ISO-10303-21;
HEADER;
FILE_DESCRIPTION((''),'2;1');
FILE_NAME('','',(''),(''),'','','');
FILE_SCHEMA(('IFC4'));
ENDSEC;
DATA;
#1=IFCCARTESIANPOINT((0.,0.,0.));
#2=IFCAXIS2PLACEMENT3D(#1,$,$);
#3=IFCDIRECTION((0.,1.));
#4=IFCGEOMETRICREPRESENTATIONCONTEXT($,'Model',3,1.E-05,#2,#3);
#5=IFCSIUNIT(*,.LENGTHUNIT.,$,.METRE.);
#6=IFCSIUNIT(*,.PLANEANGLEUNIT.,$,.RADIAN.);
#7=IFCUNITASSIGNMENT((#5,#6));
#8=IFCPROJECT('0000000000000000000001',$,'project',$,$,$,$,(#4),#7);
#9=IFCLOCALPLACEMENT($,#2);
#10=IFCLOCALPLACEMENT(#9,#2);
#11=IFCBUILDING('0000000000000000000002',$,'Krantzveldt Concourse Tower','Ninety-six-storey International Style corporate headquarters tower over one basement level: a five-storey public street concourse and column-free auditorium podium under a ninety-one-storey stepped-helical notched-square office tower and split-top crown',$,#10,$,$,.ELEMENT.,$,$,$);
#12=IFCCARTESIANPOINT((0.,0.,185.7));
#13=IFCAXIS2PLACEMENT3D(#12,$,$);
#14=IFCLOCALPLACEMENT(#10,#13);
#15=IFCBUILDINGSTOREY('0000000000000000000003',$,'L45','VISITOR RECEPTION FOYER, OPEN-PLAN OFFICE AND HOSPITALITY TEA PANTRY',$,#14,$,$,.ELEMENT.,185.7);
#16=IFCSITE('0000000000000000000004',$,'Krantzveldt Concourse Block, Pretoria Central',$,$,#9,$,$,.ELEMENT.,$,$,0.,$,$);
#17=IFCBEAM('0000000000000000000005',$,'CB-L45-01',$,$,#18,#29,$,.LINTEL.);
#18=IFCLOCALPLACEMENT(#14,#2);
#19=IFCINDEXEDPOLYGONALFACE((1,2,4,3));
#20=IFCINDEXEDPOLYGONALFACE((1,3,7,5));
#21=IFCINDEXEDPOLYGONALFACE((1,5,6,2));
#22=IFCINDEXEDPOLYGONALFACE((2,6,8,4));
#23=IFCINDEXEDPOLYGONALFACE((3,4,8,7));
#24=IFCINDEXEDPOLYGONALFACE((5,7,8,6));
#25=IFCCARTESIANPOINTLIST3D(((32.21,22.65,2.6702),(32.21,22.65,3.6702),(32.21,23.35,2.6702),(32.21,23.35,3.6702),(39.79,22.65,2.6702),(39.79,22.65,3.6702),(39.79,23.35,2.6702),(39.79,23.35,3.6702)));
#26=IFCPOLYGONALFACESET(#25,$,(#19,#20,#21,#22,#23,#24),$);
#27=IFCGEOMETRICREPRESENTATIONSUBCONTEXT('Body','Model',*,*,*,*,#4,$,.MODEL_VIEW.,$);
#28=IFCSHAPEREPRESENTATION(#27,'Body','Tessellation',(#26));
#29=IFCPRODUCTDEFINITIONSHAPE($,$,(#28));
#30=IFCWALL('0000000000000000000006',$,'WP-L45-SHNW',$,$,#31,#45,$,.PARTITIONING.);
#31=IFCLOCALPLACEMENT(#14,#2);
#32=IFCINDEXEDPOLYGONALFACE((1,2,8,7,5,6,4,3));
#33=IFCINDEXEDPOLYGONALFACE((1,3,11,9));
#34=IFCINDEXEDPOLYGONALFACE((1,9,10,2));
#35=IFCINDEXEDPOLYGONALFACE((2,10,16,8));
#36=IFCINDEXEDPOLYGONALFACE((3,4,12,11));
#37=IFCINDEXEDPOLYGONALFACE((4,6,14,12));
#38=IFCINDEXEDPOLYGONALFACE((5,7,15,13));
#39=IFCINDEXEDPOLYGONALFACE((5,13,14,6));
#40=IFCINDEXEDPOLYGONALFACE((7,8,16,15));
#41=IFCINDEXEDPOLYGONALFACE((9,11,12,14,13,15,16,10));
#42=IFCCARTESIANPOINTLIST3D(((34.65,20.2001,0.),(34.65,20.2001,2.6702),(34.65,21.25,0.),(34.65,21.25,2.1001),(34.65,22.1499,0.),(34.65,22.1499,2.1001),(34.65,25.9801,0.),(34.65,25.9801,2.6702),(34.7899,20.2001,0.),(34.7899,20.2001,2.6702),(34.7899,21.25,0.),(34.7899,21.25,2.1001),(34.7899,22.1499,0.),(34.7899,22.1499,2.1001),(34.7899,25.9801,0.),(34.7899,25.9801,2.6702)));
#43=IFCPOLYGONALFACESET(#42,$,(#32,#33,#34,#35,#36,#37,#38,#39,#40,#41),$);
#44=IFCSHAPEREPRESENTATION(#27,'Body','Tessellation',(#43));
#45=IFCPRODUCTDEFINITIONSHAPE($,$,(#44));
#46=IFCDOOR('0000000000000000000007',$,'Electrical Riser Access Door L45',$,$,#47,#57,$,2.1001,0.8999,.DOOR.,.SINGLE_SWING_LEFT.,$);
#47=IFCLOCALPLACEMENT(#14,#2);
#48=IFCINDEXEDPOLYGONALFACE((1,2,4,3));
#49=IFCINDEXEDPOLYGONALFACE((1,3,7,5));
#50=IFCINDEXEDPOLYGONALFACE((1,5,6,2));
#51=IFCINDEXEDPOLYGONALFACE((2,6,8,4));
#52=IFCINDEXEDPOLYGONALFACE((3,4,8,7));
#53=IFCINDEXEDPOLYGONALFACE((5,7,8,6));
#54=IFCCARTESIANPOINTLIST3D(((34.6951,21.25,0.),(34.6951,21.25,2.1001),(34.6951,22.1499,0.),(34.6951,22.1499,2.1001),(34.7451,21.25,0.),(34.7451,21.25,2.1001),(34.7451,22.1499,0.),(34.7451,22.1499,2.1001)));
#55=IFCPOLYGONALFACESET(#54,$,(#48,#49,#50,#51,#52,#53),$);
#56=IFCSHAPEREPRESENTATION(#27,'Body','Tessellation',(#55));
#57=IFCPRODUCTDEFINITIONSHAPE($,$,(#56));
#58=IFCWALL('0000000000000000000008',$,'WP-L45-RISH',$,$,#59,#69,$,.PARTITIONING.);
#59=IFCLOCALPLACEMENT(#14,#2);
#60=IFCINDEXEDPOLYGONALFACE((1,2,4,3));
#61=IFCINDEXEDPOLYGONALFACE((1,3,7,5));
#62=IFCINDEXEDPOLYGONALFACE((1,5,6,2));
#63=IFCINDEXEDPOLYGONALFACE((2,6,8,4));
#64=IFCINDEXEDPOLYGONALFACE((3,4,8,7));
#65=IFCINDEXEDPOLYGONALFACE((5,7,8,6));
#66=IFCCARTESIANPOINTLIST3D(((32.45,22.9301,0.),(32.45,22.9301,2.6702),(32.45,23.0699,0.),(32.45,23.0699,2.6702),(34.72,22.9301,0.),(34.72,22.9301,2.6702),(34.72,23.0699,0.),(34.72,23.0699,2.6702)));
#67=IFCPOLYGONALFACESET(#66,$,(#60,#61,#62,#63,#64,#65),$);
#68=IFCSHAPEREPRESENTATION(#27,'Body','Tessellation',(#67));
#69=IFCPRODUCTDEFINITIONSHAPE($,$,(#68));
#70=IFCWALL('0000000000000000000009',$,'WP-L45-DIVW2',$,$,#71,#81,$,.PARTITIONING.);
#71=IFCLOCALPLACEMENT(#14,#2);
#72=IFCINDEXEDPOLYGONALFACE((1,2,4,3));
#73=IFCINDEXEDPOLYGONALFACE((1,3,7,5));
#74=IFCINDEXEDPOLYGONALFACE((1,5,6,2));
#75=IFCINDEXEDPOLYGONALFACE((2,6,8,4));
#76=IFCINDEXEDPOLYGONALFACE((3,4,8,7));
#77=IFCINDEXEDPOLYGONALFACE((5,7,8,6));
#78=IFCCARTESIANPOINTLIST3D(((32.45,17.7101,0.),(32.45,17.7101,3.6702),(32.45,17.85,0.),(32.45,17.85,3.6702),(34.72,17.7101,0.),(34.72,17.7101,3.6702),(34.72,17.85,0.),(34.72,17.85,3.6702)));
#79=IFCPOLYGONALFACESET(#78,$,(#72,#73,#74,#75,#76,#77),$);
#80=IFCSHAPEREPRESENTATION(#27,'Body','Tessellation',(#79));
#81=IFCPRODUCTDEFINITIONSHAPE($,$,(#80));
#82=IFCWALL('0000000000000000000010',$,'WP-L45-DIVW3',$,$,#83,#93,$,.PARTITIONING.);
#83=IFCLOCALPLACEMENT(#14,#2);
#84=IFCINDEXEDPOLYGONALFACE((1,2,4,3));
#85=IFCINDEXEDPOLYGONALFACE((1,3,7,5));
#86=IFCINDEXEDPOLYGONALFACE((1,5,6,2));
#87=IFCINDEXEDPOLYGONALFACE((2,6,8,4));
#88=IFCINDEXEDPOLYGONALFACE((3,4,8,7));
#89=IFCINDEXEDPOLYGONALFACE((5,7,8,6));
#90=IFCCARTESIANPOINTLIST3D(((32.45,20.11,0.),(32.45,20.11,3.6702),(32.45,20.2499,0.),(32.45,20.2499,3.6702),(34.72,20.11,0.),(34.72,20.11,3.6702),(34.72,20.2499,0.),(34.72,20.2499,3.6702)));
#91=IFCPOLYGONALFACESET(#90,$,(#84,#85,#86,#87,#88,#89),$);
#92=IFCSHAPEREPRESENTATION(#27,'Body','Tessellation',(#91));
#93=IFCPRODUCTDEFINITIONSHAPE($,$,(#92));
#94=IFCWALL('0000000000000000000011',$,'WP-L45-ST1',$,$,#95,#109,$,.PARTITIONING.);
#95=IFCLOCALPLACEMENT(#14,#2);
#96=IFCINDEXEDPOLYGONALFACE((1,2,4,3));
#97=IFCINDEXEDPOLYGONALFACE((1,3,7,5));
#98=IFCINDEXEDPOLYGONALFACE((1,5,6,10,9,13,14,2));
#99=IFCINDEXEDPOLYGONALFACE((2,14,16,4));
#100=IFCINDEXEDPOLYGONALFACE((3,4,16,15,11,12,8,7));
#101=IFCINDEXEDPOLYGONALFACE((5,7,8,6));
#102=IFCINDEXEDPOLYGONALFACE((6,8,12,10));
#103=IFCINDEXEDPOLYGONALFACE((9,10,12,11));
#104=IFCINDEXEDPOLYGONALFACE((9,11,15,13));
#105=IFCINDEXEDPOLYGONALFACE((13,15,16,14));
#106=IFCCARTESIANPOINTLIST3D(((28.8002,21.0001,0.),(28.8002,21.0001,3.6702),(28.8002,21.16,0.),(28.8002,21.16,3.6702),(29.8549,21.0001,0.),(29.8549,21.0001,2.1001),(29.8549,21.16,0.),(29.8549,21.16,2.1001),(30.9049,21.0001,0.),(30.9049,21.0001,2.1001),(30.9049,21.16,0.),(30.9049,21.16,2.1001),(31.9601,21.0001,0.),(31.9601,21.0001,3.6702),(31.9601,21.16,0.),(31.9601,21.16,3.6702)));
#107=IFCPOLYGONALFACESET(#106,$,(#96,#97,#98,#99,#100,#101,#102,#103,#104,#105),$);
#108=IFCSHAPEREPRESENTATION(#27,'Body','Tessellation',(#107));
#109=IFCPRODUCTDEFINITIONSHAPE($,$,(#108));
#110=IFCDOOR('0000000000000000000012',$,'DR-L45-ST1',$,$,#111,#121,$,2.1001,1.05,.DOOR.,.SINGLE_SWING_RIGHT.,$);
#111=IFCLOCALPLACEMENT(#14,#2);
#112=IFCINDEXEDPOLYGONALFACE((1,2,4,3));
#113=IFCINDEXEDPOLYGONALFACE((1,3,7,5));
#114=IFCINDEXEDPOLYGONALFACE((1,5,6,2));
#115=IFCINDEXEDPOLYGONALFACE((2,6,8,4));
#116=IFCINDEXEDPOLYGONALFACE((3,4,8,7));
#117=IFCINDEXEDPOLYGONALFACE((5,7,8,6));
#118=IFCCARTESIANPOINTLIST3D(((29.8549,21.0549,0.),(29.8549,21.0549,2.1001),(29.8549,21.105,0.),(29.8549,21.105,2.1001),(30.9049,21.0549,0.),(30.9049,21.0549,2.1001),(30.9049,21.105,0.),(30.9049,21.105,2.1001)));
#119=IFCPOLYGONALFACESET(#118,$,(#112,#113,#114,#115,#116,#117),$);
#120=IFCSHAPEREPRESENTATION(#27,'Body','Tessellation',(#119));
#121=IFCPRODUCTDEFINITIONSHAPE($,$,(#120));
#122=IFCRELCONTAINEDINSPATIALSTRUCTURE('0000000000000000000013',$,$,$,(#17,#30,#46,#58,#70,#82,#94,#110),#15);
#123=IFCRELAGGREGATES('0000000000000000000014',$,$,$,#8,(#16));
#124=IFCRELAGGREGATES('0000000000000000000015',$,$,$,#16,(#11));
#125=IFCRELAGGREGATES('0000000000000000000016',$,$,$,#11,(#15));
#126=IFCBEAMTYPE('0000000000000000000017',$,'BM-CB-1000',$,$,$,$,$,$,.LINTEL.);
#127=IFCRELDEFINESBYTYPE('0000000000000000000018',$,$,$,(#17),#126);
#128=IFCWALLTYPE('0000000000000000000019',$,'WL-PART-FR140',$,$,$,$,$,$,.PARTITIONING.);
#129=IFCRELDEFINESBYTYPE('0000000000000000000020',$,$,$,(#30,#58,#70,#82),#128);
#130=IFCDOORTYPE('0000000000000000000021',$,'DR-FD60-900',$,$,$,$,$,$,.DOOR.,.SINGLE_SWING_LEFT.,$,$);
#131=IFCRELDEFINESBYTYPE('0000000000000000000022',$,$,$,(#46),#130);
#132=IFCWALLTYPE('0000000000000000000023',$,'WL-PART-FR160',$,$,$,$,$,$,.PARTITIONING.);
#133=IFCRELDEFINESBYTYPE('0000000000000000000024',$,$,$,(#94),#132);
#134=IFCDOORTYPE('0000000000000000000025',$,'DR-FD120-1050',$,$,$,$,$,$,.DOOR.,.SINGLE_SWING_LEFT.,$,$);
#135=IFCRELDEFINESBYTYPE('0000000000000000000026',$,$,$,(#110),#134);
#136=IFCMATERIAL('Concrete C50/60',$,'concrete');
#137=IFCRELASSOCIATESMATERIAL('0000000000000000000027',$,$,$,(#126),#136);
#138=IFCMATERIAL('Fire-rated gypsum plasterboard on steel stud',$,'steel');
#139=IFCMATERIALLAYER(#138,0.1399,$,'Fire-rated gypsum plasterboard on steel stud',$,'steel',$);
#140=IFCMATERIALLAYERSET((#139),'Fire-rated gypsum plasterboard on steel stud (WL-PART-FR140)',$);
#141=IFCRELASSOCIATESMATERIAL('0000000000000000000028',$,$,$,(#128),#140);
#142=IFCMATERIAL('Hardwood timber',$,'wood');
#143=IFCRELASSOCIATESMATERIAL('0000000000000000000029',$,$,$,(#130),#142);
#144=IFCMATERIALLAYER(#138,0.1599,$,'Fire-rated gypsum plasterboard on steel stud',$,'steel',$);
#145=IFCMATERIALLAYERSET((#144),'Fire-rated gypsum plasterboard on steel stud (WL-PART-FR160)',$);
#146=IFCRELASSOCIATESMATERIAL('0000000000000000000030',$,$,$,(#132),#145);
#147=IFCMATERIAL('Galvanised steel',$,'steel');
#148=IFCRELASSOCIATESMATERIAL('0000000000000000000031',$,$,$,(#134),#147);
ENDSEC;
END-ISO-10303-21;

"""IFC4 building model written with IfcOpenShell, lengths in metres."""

from ifc_helpers import new_model, si_unit, direction, frame, frame_2d, origin, origin_2d, place, context, subcontext, project, spatial, rectangle, extrude, source, transform, mapped, material, layer, layer_set, material_profile, profile_set, type_object, type_shapes, element, fill, save


model = new_model("IFC4")

# Units and contexts
model_context = context("Model", 3, precision=1e-05, world=origin(), true_north=direction((0.0, 1.0)))
body_context = subcontext(model_context, "Body", "Model", "MODEL_VIEW")
ifc_project = project(units=[si_unit("LENGTHUNIT", "METRE"), si_unit("PLANEANGLEUNIT", "RADIAN")], contexts=[model_context])

# Site, building, storey
site_placement = place(None, origin())
site = spatial("IfcSite", under=ifc_project, at=site_placement, Name="Krantzveldt Concourse Block, Pretoria Central", CompositionType="ELEMENT", RefElevation=0.0)
building_placement = place(site_placement, origin())
building = spatial("IfcBuilding", under=site, at=building_placement, Name="Krantzveldt Concourse Tower", Description="Ninety-six-storey International Style corporate headquarters tower over one basement level: a five-storey public street concourse and column-free auditorium podium under a ninety-one-storey stepped-helical notched-square office tower and split-top crown", CompositionType="ELEMENT")
storey_placement = place(building_placement, frame((0.0, 0.0, 185.7)))
storey = spatial("IfcBuildingStorey", under=building, at=storey_placement, Name="L45", Description="VISITOR RECEPTION FOYER, OPEN-PLAN OFFICE AND HOSPITALITY TEA PANTRY", CompositionType="ELEMENT", Elevation=185.7)

# Beam
ifc_material_1 = material(Name="Concrete C50/60", Category="concrete")
ifc_material_profile = material_profile(ifc_material_1, rectangle(XDim=0.7, YDim=1.0, at=origin_2d()), Name="Concrete C50/60", Category="concrete")
ifc_profile_set = profile_set([ifc_material_profile], Name="Concrete C50/60 - RC-CB 700x1000")
beam_type = type_object("IfcBeamType", Name="BM-CB-1000", PredefinedType="LINTEL", material=ifc_profile_set)
shared_shape = source(origin(), body_context, "Body", "SweptSolid", [
    extrude(rectangle(XDim=0.7, YDim=1.0, at=origin_2d()), origin(), (0.0, 0.0, 1.0), 7.5801),
])
type_shapes(beam_type, [shared_shape])
beam_placement = place(storey_placement, frame((32.21, 23.0, 3.1702), z_axis=(1.0, 0.0, 0.0), x_axis=(0.0, 1.0, 0.0)))
element("IfcBeam", 1, at=beam_placement, inside=storey, type_object=beam_type, Name="CB-L45-01", PredefinedType="LINTEL", context=body_context, shape_type="MappedRepresentation", body=[
    mapped(shared_shape, transform((0.0, 0.0, 0.0), x_axis=(1.0, 0.0, 0.0), y_axis=(0.0, 1.0, 0.0), z_axis=(0.0, 0.0, 1.0), scale=1.0)),
])

# Wall, opening, door
ifc_material_2 = material(Name="Fire-rated gypsum plasterboard on steel stud", Category="steel")
ifc_layer_1 = layer(ifc_material_2, 0.1399, Name="Fire-rated gypsum plasterboard on steel stud", Category="steel")
ifc_layer_set_1 = layer_set([ifc_layer_1], Name="Fire-rated gypsum plasterboard on steel stud (WL-PART-FR140)")
wall_type_1 = type_object("IfcWallType", Name="WL-PART-FR140", PredefinedType="PARTITIONING", material=ifc_layer_set_1)
wall_1_placement = place(storey_placement, frame((34.72, 20.2, 0.0), z_axis=(0.0, 0.0, 1.0), x_axis=(0.0, 1.0, 0.0)))
wall_1 = element("IfcWall", 2, at=wall_1_placement, inside=storey, type_object=wall_type_1, Name="WP-L45-SHNW", PredefinedType="PARTITIONING", context=body_context, shape_type="SweptSolid", body=[
    extrude(rectangle(XDim=5.78, YDim=0.1399, at=frame_2d((2.8901, 0.0))), origin(), (0.0, 0.0, 1.0), 2.6702),
])
opening_1_placement = place(wall_1_placement, frame((1.05, 0.0, 0.0)))
opening_1 = element("IfcOpeningElement", 3, at=opening_1_placement, cuts=wall_1, PredefinedType="OPENING", context=body_context, shape_type="SweptSolid", body=[
    extrude(rectangle(XDim=0.8999, YDim=2.1001, at=frame_2d((0.45, 1.05))), frame((0.0, 0.0801, 0.0), z_axis=(0.0, -1.0, 0.0), x_axis=(1.0, 0.0, 0.0)), (0.0, 0.0, 1.0), 0.1599),
])
ifc_material_3 = material(Name="Hardwood timber", Category="wood")
door_type_1 = type_object("IfcDoorType", Name="DR-FD60-900", OperationType="SINGLE_SWING_LEFT", PredefinedType="DOOR", material=ifc_material_3)
door_1_placement = place(opening_1_placement, origin())
door_1 = element("IfcDoor", 4, at=door_1_placement, inside=storey, type_object=door_type_1, Name="Electrical Riser Access Door L45", OperationType="SINGLE_SWING_LEFT", OverallHeight=2.1001, OverallWidth=0.8999, PredefinedType="DOOR", context=body_context, shape_type="SweptSolid", body=[
    extrude(rectangle(XDim=0.8999, YDim=2.1001, at=frame_2d((0.45, 1.05))), frame((0.0, 0.0249, 0.0), z_axis=(0.0, -1.0, 0.0), x_axis=(1.0, 0.0, 0.0)), (0.0, 0.0, 1.0), 0.05),
])
fill(opening_1, door_1)

# Walls
wall_2_placement = place(storey_placement, frame((32.45, 23.0, 0.0), z_axis=(0.0, 0.0, 1.0), x_axis=(1.0, 0.0, 0.0)))
element("IfcWall", 5, at=wall_2_placement, inside=storey, type_object=wall_type_1, Name="WP-L45-RISH", PredefinedType="PARTITIONING", context=body_context, shape_type="SweptSolid", body=[
    extrude(rectangle(XDim=2.27, YDim=0.1399, at=frame_2d((1.135, 0.0))), origin(), (0.0, 0.0, 1.0), 2.6702),
])
for number, where, z_axis, x_axis, name in (
    (6, (32.45, 17.78, 0.0), (0.0, 0.0, 1.0), (1.0, 0.0, 0.0), "WP-L45-DIVW2"),
    (7, (32.45, 20.1799, 0.0), (0.0, 0.0, 1.0), (1.0, 0.0, 0.0), "WP-L45-DIVW3"),
):
    element("IfcWall", number, at=place(storey_placement, frame(where, z_axis=z_axis, x_axis=x_axis)), inside=storey, type_object=wall_type_1, Name=name, PredefinedType="PARTITIONING", context=body_context, shape_type="SweptSolid", body=[
        extrude(rectangle(XDim=2.27, YDim=0.1399, at=frame_2d((1.135, 0.0))), origin(), (0.0, 0.0, 1.0), 3.6702),
    ])

# Wall, opening, door
ifc_layer_2 = layer(ifc_material_2, 0.1599, Name="Fire-rated gypsum plasterboard on steel stud", Category="steel")
ifc_layer_set_2 = layer_set([ifc_layer_2], Name="Fire-rated gypsum plasterboard on steel stud (WL-PART-FR160)")
wall_type_2 = type_object("IfcWallType", Name="WL-PART-FR160", PredefinedType="PARTITIONING", material=ifc_layer_set_2)
wall_3_placement = place(storey_placement, frame((28.8, 21.0801, 0.0), z_axis=(0.0, 0.0, 1.0), x_axis=(1.0, 0.0, 0.0)))
wall_3 = element("IfcWall", 8, at=wall_3_placement, inside=storey, type_object=wall_type_2, Name="WP-L45-ST1", PredefinedType="PARTITIONING", context=body_context, shape_type="SweptSolid", body=[
    extrude(rectangle(XDim=3.1599, YDim=0.1599, at=frame_2d((1.5801, 0.0))), origin(), (0.0, 0.0, 1.0), 3.6702),
])
opening_2_placement = place(wall_3_placement, frame((1.0549, 0.0, 0.0)))
opening_2 = element("IfcOpeningElement", 9, at=opening_2_placement, cuts=wall_3, PredefinedType="OPENING", context=body_context, shape_type="SweptSolid", body=[
    extrude(rectangle(XDim=1.05, YDim=2.1001, at=frame_2d((0.5249, 1.05))), frame((0.0, 0.0898, 0.0), z_axis=(0.0, -1.0, 0.0), x_axis=(1.0, 0.0, 0.0)), (0.0, 0.0, 1.0), 0.1799),
])
ifc_material_4 = material(Name="Galvanised steel", Category="steel")
door_type_2 = type_object("IfcDoorType", Name="DR-FD120-1050", OperationType="SINGLE_SWING_LEFT", PredefinedType="DOOR", material=ifc_material_4)
door_2_placement = place(opening_2_placement, origin())
door_2 = element("IfcDoor", 10, at=door_2_placement, inside=storey, type_object=door_type_2, Name="DR-L45-ST1", OperationType="SINGLE_SWING_RIGHT", OverallHeight=2.1001, OverallWidth=1.05, PredefinedType="DOOR", context=body_context, shape_type="SweptSolid", body=[
    extrude(rectangle(XDim=1.05, YDim=2.1001, at=frame_2d((0.5249, 1.05))), frame((0.0, 0.0249, 0.0), z_axis=(0.0, -1.0, 0.0), x_axis=(1.0, 0.0, 0.0)), (0.0, 0.0, 1.0), 0.05),
])
fill(opening_2, door_2)

save(model, "model.ifc")
